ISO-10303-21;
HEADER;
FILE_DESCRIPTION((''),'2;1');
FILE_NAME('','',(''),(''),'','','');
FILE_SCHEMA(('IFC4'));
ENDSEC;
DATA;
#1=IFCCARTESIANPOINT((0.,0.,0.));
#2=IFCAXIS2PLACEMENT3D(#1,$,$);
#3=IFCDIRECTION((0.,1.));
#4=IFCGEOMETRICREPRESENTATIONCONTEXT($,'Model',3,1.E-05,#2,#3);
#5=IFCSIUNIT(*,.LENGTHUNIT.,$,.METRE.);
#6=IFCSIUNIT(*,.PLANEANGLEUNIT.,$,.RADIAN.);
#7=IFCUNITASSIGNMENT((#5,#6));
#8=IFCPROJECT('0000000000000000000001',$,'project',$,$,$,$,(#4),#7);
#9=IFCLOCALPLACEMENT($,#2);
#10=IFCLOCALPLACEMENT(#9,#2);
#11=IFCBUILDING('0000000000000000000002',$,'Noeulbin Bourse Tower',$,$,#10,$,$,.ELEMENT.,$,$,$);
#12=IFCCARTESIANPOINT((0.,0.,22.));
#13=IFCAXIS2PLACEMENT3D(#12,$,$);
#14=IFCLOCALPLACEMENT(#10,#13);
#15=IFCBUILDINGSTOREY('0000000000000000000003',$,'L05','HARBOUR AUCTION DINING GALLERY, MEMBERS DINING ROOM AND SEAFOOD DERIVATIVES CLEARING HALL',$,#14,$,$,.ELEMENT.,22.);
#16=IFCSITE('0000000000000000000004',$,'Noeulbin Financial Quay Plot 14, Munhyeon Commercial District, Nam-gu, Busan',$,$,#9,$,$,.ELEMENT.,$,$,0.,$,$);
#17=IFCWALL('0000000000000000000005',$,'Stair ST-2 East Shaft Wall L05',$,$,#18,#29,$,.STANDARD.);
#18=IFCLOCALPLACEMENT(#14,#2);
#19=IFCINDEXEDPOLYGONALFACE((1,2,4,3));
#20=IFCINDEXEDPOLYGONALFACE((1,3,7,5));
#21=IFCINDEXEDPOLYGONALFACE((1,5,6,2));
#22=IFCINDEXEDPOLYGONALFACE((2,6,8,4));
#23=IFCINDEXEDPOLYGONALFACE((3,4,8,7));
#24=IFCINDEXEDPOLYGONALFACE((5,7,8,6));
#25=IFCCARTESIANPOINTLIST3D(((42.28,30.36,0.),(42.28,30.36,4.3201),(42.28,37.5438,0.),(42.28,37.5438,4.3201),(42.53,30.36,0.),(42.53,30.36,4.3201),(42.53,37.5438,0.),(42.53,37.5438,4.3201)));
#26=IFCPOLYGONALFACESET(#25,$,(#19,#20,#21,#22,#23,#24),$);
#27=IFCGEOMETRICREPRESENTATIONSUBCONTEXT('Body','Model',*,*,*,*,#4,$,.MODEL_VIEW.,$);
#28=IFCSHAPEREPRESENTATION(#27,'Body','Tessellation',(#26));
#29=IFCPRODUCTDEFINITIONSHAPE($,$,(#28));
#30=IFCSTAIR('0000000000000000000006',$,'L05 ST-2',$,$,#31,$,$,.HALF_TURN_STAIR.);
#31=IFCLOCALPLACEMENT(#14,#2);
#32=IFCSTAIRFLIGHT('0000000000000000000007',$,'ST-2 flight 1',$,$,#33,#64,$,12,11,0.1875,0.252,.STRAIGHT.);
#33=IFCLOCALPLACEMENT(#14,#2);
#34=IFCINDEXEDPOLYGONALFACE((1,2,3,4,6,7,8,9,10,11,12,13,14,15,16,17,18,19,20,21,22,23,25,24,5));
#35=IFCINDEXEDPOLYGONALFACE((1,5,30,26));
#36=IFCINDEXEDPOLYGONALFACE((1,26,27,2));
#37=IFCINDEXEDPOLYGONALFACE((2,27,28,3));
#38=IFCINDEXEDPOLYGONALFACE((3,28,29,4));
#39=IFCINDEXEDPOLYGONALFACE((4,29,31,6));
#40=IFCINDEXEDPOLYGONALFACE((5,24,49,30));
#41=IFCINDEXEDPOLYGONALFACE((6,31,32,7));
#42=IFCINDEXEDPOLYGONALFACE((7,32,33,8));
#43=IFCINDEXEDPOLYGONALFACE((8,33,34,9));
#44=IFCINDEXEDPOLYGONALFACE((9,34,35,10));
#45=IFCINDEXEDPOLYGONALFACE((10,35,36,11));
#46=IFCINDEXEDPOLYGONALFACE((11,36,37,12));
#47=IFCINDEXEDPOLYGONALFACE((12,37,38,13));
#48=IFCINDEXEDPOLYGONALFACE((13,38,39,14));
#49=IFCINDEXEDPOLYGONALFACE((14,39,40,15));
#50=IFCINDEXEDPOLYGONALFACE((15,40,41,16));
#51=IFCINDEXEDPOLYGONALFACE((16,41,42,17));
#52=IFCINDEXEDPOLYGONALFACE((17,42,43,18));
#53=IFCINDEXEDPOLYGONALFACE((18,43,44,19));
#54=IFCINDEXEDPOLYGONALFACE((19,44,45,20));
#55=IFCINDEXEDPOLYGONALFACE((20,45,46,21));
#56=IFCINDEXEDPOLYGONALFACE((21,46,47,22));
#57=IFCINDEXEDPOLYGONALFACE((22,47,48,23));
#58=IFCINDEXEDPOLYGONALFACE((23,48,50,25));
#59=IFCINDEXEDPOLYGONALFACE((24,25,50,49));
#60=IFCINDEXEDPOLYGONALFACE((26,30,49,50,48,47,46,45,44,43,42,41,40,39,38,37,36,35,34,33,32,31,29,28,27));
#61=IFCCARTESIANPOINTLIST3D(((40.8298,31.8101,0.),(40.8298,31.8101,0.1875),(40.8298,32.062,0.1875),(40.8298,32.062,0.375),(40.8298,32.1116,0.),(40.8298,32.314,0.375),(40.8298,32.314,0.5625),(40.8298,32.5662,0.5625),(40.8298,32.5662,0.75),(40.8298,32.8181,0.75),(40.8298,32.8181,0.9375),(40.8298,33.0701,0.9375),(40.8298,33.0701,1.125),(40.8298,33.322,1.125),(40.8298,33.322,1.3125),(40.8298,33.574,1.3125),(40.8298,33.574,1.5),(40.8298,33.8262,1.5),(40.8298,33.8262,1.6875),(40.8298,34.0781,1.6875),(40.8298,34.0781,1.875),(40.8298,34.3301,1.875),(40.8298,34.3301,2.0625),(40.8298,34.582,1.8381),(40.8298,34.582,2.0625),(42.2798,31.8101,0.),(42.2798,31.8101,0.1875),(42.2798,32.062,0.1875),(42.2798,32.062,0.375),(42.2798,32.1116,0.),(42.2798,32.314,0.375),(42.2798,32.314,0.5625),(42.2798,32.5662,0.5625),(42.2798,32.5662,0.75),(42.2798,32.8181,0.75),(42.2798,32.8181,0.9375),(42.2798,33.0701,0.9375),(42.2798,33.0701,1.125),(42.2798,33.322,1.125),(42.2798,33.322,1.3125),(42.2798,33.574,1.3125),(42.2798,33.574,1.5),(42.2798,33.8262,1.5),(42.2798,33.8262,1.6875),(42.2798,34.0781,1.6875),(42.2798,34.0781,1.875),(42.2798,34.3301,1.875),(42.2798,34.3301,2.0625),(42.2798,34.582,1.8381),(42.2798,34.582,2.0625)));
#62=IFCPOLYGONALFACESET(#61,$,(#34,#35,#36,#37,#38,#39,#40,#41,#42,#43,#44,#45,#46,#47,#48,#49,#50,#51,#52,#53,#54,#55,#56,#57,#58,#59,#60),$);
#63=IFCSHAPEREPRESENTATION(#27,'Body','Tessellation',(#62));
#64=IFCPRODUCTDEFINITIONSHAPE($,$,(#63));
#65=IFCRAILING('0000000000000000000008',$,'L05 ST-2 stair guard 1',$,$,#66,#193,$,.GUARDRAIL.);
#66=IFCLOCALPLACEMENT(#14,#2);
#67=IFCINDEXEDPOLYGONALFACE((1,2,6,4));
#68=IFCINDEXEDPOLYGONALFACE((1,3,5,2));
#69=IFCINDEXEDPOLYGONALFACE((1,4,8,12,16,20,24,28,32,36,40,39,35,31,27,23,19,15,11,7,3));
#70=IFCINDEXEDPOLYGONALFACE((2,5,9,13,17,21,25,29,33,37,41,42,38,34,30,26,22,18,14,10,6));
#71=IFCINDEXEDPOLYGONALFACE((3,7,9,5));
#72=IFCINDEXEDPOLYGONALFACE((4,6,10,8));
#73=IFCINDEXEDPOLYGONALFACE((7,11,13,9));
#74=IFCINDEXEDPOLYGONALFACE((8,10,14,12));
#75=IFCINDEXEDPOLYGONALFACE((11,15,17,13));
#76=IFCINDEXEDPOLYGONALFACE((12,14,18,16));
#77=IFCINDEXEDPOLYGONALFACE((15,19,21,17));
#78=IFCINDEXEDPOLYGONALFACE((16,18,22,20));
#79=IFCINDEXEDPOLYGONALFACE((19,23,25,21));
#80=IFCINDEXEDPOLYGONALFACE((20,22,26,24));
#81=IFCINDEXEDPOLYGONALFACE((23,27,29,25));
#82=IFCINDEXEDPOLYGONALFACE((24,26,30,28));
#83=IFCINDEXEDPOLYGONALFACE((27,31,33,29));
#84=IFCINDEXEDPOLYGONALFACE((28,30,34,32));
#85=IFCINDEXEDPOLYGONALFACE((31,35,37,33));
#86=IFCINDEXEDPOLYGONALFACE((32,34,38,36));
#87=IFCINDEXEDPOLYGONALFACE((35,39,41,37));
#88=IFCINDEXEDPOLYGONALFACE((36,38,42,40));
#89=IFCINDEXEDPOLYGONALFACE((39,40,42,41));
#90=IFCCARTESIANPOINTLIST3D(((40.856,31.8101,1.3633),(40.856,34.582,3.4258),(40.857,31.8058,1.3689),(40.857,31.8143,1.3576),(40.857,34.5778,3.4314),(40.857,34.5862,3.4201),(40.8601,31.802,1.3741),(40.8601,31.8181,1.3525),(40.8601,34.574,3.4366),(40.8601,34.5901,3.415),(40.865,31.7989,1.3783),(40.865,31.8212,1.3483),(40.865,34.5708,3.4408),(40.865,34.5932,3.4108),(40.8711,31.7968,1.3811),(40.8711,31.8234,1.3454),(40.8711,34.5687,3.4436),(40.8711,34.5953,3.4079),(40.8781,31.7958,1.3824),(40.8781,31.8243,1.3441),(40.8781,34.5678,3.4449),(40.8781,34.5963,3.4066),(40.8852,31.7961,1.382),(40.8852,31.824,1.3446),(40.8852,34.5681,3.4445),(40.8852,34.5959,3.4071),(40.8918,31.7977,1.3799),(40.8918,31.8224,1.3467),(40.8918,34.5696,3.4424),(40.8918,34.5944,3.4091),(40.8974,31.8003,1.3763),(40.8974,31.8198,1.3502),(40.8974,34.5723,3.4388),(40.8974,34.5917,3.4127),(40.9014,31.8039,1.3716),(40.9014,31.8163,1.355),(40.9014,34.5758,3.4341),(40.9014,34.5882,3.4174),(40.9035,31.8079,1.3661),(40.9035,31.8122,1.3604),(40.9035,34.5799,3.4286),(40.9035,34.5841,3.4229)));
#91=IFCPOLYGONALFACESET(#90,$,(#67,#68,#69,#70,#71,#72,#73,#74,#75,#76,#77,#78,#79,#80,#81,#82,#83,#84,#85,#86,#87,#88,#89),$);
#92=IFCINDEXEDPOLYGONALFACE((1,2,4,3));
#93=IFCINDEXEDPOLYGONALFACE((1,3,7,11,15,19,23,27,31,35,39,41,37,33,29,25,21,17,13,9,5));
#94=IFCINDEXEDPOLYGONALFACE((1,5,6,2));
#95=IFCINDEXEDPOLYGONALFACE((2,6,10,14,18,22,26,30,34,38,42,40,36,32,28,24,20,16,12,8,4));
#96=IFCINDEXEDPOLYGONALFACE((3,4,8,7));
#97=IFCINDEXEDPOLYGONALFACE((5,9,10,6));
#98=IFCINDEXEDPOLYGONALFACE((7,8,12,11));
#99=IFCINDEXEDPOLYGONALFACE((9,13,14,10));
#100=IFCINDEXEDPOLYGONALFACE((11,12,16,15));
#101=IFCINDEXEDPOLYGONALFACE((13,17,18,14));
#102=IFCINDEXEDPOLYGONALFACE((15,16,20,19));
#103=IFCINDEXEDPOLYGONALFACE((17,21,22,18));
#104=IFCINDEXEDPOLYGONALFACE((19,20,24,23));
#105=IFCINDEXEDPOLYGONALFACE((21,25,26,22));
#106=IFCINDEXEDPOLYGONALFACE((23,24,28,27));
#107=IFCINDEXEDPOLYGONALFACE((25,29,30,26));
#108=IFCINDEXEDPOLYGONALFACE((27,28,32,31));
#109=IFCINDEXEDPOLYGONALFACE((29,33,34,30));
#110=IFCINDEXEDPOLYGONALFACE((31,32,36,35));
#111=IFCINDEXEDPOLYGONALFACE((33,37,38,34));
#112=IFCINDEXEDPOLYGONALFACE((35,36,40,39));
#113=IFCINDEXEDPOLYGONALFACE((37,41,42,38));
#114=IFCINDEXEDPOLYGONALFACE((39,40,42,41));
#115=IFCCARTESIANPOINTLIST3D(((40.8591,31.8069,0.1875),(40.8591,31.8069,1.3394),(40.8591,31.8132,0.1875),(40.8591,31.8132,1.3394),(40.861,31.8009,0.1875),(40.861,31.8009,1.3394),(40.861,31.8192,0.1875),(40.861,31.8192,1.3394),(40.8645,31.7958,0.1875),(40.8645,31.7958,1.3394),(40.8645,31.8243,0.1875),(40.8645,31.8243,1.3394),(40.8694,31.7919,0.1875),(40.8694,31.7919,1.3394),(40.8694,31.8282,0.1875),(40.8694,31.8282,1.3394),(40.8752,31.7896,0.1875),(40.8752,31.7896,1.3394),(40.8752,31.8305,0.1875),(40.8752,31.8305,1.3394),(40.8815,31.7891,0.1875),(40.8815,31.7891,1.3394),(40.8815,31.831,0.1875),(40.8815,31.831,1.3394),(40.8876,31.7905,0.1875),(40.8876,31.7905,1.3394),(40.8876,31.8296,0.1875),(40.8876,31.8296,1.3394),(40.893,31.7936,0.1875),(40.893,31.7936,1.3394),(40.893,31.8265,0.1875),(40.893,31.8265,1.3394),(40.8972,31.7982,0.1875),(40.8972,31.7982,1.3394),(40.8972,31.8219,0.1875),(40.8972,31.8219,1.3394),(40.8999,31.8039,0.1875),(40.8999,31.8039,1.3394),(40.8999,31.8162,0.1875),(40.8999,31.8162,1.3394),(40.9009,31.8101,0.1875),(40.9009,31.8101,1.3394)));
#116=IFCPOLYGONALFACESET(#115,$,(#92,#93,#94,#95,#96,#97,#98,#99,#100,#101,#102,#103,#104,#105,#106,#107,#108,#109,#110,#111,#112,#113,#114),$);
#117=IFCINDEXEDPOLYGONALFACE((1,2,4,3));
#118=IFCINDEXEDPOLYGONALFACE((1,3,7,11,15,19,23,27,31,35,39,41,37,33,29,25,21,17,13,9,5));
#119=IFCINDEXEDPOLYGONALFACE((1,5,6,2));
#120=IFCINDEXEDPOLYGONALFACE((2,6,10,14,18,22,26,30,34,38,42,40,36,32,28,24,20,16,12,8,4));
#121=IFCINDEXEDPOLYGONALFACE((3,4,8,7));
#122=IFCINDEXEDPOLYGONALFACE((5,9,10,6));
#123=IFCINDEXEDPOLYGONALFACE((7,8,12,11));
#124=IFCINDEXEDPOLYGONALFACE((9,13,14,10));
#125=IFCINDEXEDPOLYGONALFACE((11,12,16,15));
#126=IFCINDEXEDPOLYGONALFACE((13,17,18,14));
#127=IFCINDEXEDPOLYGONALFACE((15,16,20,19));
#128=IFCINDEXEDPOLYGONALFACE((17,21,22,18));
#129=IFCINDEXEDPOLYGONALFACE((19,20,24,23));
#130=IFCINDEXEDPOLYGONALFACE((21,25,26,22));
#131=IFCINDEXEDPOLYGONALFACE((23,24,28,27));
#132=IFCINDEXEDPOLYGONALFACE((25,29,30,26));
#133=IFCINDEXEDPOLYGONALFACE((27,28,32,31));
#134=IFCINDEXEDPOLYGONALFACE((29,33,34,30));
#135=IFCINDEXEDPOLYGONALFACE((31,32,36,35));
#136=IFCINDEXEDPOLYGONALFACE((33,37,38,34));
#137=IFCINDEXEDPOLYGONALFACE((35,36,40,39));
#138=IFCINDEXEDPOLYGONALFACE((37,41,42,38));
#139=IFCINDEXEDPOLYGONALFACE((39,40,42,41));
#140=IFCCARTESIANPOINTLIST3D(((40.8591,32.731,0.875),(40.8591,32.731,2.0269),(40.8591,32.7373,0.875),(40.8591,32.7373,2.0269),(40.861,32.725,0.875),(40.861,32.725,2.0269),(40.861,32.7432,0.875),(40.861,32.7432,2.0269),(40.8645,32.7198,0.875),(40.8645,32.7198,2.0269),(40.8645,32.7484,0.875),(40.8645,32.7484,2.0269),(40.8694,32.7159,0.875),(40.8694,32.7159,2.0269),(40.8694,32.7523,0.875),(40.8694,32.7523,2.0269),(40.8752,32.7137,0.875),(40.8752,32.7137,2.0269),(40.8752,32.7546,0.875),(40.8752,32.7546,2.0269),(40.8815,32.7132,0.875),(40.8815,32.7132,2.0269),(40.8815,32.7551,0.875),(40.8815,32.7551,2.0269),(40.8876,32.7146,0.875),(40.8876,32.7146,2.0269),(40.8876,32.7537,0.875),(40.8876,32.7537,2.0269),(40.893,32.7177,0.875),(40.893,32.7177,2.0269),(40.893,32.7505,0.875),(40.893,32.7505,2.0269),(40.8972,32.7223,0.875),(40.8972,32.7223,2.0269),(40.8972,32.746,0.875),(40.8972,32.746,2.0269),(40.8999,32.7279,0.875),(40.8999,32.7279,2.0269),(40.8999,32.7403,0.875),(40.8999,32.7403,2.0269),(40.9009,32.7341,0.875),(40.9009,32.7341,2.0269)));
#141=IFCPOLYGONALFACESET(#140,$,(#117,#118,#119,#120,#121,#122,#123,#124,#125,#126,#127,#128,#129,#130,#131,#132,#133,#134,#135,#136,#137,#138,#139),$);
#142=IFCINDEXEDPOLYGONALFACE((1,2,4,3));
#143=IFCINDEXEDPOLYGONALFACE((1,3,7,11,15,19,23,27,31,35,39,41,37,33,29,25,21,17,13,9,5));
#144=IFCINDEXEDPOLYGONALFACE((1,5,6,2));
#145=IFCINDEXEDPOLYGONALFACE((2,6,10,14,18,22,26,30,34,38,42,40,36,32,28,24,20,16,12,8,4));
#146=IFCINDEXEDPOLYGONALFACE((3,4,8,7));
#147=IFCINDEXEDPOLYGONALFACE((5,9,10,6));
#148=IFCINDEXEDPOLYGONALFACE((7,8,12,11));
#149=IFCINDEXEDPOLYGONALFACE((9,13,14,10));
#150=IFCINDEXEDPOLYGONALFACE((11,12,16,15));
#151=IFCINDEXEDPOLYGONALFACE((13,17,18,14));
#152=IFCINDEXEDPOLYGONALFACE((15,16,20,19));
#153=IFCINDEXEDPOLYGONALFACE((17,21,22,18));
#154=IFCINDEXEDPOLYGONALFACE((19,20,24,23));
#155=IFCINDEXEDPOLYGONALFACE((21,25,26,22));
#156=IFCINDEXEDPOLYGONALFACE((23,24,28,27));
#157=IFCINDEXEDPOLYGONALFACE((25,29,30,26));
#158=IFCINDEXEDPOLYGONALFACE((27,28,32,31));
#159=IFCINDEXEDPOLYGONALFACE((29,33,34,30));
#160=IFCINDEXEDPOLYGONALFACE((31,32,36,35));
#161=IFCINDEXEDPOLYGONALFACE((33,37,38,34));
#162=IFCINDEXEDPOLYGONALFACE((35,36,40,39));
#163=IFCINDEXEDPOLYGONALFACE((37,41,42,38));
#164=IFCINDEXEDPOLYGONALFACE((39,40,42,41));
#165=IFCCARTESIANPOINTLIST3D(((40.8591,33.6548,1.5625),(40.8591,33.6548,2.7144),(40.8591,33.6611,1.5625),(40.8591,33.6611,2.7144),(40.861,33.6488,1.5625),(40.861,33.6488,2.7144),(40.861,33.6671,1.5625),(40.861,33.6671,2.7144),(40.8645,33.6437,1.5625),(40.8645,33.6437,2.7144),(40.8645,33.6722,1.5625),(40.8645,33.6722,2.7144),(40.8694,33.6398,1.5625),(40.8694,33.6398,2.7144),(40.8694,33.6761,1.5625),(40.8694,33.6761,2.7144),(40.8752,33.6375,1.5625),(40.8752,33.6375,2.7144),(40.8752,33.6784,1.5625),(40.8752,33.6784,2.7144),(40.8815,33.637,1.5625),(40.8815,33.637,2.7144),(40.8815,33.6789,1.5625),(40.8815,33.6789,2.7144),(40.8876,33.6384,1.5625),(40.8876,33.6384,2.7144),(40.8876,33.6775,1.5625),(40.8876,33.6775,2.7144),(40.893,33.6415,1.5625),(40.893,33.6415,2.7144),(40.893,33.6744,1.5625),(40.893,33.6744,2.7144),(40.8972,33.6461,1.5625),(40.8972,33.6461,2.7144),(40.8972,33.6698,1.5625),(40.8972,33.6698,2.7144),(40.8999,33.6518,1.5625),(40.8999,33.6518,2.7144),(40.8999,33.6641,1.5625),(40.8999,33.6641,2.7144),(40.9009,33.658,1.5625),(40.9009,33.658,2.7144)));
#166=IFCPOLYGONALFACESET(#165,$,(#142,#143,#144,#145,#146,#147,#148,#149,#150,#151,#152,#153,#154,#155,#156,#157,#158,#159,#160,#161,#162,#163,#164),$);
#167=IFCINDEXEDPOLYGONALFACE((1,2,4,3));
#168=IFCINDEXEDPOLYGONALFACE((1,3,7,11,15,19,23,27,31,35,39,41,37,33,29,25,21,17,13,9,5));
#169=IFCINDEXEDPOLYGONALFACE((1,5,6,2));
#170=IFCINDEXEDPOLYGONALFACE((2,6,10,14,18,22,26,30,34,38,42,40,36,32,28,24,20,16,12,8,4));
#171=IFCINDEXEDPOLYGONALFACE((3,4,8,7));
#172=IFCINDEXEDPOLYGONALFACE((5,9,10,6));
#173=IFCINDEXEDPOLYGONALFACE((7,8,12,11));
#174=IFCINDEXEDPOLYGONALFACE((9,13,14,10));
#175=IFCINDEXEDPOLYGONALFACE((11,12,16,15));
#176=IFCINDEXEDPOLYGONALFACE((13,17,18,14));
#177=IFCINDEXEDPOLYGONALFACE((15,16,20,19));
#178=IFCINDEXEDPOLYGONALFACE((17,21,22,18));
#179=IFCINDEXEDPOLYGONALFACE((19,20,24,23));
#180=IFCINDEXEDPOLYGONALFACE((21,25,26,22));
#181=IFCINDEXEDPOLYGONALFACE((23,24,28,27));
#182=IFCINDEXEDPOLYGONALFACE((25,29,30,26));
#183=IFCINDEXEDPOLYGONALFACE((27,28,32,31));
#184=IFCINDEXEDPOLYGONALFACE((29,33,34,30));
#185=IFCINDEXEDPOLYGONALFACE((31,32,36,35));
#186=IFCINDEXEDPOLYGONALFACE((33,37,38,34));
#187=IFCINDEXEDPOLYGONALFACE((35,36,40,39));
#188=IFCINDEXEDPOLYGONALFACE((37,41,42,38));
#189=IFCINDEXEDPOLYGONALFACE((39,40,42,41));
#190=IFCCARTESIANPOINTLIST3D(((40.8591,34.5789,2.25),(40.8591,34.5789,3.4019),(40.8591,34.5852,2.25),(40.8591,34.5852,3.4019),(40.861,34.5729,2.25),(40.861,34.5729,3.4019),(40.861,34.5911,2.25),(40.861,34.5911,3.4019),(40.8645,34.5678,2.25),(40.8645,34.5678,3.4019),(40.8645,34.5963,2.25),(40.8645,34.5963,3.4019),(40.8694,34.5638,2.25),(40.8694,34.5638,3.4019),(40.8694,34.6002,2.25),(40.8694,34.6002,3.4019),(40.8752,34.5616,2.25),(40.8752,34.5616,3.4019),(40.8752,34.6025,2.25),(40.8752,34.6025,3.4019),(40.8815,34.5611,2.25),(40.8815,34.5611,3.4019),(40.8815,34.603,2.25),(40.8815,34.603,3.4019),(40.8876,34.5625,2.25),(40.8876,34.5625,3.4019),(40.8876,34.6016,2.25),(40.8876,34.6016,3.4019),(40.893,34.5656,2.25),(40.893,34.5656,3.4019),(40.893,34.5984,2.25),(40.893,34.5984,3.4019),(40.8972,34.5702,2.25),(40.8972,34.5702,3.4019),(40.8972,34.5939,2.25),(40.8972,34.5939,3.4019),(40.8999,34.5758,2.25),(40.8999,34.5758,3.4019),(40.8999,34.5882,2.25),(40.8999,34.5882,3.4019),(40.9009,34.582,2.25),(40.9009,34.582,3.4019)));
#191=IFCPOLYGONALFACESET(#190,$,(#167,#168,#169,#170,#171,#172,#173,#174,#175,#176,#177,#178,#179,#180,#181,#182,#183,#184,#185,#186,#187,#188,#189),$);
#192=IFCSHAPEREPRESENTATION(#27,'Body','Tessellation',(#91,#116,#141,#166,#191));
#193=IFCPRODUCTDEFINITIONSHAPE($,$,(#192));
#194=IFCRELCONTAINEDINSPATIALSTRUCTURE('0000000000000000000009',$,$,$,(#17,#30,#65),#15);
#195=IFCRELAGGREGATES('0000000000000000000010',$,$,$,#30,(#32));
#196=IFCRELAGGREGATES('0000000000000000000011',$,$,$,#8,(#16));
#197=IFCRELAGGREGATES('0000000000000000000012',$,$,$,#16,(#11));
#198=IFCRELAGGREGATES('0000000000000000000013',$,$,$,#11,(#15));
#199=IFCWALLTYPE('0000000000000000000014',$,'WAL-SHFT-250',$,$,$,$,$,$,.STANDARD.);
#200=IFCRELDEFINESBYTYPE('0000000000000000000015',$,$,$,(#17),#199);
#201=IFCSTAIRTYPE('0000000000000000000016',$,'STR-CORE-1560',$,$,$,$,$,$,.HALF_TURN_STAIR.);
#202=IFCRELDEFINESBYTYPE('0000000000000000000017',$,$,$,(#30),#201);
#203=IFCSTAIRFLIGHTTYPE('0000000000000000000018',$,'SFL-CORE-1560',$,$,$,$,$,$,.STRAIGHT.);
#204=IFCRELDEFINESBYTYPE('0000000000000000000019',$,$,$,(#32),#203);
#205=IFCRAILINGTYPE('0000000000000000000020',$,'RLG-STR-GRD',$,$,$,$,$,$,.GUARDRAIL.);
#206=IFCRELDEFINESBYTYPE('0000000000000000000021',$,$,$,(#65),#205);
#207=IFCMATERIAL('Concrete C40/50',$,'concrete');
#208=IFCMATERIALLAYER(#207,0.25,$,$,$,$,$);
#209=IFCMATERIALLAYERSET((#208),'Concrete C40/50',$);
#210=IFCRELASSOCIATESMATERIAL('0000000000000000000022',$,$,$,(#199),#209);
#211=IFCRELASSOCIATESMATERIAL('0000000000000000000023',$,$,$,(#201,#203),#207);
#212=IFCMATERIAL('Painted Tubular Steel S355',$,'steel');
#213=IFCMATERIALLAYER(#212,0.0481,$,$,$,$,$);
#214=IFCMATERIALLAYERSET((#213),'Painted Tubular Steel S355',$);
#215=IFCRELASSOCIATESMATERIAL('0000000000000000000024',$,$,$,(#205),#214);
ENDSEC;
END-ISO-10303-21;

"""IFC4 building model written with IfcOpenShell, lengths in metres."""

from ifc_helpers import new_model, si_unit, direction, frame, frame_2d, origin, origin_2d, place, context, subcontext, project, spatial, polyline, rectangle, circle, outline, extrude, material, layer, layer_set, type_object, element, aggregate, save


model = new_model("IFC4")

# Units and contexts
model_context = context("Model", 3, precision=1e-05, world=origin(), true_north=direction((0.0, 1.0)))
body_context = subcontext(model_context, "Body", "Model", "MODEL_VIEW")
ifc_project = project(units=[si_unit("LENGTHUNIT", "METRE"), si_unit("PLANEANGLEUNIT", "RADIAN")], contexts=[model_context])

# Site, building, storey
site_placement = place(None, origin())
site = spatial("IfcSite", under=ifc_project, at=site_placement, Name="Noeulbin Financial Quay Plot 14, Munhyeon Commercial District, Nam-gu, Busan", CompositionType="ELEMENT", RefElevation=0.0)
building_placement = place(site_placement, origin())
building = spatial("IfcBuilding", under=site, at=building_placement, Name="Noeulbin Bourse Tower", CompositionType="ELEMENT")
storey_placement = place(building_placement, frame((0.0, 0.0, 22.0)))
storey = spatial("IfcBuildingStorey", under=building, at=storey_placement, Name="L05", Description="HARBOUR AUCTION DINING GALLERY, MEMBERS DINING ROOM AND SEAFOOD DERIVATIVES CLEARING HALL", CompositionType="ELEMENT", Elevation=22.0)

# Wall
ifc_material_1 = material(Name="Concrete C40/50", Category="concrete")
ifc_layer_1 = layer(ifc_material_1, 0.25)
ifc_layer_set_1 = layer_set([ifc_layer_1], Name="Concrete C40/50")
wall_type_1 = type_object("IfcWallType", Name="WAL-SHFT-250", PredefinedType="STANDARD", material=ifc_layer_set_1)
wall_1_placement = place(storey_placement, frame((42.405, 30.3601, 0.0), z_axis=(0.0, 0.0, 1.0), x_axis=(0.0, 1.0, 0.0)))
element("IfcWall", 1, at=wall_1_placement, inside=storey, type_object=wall_type_1, Name="Stair ST-2 East Shaft Wall L05", PredefinedType="STANDARD", context=body_context, shape_type="SweptSolid", body=[
    extrude(rectangle(XDim=7.1838, YDim=0.25, at=frame_2d((3.5918, 0.0))), origin(), (0.0, 0.0, 1.0), 4.3201),
])

# Stair, stair flight
stair_type = type_object("IfcStairType", Name="STR-CORE-1560", PredefinedType="HALF_TURN_STAIR", material=ifc_material_1)
stair_placement = place(storey_placement, origin())
stair = element("IfcStair", 2, at=stair_placement, inside=storey, type_object=stair_type, Name="L05 ST-2", PredefinedType="HALF_TURN_STAIR")
stair_flight_type = type_object("IfcStairFlightType", Name="SFL-CORE-1560", PredefinedType="STRAIGHT", material=ifc_material_1)
stair_flight_placement = place(storey_placement, frame((41.5549, 31.8101, 0.0), z_axis=(0.0, 0.0, 1.0), x_axis=(0.0, 1.0, 0.0)))
stair_flight = element("IfcStairFlight", 3, at=stair_flight_placement, type_object=stair_flight_type, Name="ST-2 flight 1", NumberOfRisers=12, NumberOfTreads=11, PredefinedType="STRAIGHT", RiserHeight=0.1875, TreadLength=0.252, context=body_context, shape_type="SweptSolid", body=[
    extrude(outline(polyline([(0.0, 0.0), (0.0, 0.1875), (0.252, 0.1875), (0.252, 0.375), (0.5039, 0.375), (0.5039, 0.5625), (0.7561, 0.5625), (0.7561, 0.75), (1.0081, 0.75), (1.0081, 0.9375), (1.26, 0.9375), (1.26, 1.125), (1.512, 1.125), (1.512, 1.3125), (1.7639, 1.3125), (1.7639, 1.5), (2.0161, 1.5), (2.0161, 1.6875), (2.2681, 1.6875), (2.2681, 1.875), (2.52, 1.875), (2.52, 2.0625), (2.772, 2.0625), (2.772, 2.25), (2.772, 1.8381), (0.3015, 0.0), (0.0, 0.0)])), frame((0.0, 0.7251, 0.0), z_axis=(0.0, -1.0, 0.0), x_axis=(1.0, 0.0, 0.0)), (0.0, 0.0, 1.0), 1.45),
])
aggregate(stair, [stair_flight])

# Railing
ifc_material_2 = material(Name="Painted Tubular Steel S355", Category="steel")
ifc_layer_2 = layer(ifc_material_2, 0.0481)
ifc_layer_set_2 = layer_set([ifc_layer_2], Name="Painted Tubular Steel S355")
railing_type_1 = type_object("IfcRailingType", Name="RLG-STR-GRD", PredefinedType="GUARDRAIL", material=ifc_layer_set_2)
railing_1_placement = place(storey_placement, frame((40.8799, 31.8101, 0.1875)))
element("IfcRailing", 4, at=railing_1_placement, inside=storey, type_object=railing_type_1, Name="L05 ST-2 stair guard 1", PredefinedType="GUARDRAIL", context=body_context, shape_type="SweptSolid", body=[
    extrude(circle(Radius=0.0239, at=origin_2d()), frame((0.0, 0.0, 1.1758), z_axis=(0.0, 0.802284, 0.596943), x_axis=(-1.0, 0.0, 0.0)), (0.0, 0.0, 1.0), 3.4551),
    extrude(circle(Radius=0.021, at=origin_2d()), origin(), (0.0, 0.0, 1.0), 1.1519),
    extrude(circle(Radius=0.021, at=origin_2d()), frame((0.0, 0.9241, 0.6875)), (0.0, 0.0, 1.0), 1.1519),
    extrude(circle(Radius=0.021, at=origin_2d()), frame((0.0, 1.8479, 1.375)), (0.0, 0.0, 1.0), 1.1519),
    extrude(circle(Radius=0.021, at=origin_2d()), frame((0.0, 2.772, 2.0625)), (0.0, 0.0, 1.0), 1.1519),
])

save(model, "model.ifc")
